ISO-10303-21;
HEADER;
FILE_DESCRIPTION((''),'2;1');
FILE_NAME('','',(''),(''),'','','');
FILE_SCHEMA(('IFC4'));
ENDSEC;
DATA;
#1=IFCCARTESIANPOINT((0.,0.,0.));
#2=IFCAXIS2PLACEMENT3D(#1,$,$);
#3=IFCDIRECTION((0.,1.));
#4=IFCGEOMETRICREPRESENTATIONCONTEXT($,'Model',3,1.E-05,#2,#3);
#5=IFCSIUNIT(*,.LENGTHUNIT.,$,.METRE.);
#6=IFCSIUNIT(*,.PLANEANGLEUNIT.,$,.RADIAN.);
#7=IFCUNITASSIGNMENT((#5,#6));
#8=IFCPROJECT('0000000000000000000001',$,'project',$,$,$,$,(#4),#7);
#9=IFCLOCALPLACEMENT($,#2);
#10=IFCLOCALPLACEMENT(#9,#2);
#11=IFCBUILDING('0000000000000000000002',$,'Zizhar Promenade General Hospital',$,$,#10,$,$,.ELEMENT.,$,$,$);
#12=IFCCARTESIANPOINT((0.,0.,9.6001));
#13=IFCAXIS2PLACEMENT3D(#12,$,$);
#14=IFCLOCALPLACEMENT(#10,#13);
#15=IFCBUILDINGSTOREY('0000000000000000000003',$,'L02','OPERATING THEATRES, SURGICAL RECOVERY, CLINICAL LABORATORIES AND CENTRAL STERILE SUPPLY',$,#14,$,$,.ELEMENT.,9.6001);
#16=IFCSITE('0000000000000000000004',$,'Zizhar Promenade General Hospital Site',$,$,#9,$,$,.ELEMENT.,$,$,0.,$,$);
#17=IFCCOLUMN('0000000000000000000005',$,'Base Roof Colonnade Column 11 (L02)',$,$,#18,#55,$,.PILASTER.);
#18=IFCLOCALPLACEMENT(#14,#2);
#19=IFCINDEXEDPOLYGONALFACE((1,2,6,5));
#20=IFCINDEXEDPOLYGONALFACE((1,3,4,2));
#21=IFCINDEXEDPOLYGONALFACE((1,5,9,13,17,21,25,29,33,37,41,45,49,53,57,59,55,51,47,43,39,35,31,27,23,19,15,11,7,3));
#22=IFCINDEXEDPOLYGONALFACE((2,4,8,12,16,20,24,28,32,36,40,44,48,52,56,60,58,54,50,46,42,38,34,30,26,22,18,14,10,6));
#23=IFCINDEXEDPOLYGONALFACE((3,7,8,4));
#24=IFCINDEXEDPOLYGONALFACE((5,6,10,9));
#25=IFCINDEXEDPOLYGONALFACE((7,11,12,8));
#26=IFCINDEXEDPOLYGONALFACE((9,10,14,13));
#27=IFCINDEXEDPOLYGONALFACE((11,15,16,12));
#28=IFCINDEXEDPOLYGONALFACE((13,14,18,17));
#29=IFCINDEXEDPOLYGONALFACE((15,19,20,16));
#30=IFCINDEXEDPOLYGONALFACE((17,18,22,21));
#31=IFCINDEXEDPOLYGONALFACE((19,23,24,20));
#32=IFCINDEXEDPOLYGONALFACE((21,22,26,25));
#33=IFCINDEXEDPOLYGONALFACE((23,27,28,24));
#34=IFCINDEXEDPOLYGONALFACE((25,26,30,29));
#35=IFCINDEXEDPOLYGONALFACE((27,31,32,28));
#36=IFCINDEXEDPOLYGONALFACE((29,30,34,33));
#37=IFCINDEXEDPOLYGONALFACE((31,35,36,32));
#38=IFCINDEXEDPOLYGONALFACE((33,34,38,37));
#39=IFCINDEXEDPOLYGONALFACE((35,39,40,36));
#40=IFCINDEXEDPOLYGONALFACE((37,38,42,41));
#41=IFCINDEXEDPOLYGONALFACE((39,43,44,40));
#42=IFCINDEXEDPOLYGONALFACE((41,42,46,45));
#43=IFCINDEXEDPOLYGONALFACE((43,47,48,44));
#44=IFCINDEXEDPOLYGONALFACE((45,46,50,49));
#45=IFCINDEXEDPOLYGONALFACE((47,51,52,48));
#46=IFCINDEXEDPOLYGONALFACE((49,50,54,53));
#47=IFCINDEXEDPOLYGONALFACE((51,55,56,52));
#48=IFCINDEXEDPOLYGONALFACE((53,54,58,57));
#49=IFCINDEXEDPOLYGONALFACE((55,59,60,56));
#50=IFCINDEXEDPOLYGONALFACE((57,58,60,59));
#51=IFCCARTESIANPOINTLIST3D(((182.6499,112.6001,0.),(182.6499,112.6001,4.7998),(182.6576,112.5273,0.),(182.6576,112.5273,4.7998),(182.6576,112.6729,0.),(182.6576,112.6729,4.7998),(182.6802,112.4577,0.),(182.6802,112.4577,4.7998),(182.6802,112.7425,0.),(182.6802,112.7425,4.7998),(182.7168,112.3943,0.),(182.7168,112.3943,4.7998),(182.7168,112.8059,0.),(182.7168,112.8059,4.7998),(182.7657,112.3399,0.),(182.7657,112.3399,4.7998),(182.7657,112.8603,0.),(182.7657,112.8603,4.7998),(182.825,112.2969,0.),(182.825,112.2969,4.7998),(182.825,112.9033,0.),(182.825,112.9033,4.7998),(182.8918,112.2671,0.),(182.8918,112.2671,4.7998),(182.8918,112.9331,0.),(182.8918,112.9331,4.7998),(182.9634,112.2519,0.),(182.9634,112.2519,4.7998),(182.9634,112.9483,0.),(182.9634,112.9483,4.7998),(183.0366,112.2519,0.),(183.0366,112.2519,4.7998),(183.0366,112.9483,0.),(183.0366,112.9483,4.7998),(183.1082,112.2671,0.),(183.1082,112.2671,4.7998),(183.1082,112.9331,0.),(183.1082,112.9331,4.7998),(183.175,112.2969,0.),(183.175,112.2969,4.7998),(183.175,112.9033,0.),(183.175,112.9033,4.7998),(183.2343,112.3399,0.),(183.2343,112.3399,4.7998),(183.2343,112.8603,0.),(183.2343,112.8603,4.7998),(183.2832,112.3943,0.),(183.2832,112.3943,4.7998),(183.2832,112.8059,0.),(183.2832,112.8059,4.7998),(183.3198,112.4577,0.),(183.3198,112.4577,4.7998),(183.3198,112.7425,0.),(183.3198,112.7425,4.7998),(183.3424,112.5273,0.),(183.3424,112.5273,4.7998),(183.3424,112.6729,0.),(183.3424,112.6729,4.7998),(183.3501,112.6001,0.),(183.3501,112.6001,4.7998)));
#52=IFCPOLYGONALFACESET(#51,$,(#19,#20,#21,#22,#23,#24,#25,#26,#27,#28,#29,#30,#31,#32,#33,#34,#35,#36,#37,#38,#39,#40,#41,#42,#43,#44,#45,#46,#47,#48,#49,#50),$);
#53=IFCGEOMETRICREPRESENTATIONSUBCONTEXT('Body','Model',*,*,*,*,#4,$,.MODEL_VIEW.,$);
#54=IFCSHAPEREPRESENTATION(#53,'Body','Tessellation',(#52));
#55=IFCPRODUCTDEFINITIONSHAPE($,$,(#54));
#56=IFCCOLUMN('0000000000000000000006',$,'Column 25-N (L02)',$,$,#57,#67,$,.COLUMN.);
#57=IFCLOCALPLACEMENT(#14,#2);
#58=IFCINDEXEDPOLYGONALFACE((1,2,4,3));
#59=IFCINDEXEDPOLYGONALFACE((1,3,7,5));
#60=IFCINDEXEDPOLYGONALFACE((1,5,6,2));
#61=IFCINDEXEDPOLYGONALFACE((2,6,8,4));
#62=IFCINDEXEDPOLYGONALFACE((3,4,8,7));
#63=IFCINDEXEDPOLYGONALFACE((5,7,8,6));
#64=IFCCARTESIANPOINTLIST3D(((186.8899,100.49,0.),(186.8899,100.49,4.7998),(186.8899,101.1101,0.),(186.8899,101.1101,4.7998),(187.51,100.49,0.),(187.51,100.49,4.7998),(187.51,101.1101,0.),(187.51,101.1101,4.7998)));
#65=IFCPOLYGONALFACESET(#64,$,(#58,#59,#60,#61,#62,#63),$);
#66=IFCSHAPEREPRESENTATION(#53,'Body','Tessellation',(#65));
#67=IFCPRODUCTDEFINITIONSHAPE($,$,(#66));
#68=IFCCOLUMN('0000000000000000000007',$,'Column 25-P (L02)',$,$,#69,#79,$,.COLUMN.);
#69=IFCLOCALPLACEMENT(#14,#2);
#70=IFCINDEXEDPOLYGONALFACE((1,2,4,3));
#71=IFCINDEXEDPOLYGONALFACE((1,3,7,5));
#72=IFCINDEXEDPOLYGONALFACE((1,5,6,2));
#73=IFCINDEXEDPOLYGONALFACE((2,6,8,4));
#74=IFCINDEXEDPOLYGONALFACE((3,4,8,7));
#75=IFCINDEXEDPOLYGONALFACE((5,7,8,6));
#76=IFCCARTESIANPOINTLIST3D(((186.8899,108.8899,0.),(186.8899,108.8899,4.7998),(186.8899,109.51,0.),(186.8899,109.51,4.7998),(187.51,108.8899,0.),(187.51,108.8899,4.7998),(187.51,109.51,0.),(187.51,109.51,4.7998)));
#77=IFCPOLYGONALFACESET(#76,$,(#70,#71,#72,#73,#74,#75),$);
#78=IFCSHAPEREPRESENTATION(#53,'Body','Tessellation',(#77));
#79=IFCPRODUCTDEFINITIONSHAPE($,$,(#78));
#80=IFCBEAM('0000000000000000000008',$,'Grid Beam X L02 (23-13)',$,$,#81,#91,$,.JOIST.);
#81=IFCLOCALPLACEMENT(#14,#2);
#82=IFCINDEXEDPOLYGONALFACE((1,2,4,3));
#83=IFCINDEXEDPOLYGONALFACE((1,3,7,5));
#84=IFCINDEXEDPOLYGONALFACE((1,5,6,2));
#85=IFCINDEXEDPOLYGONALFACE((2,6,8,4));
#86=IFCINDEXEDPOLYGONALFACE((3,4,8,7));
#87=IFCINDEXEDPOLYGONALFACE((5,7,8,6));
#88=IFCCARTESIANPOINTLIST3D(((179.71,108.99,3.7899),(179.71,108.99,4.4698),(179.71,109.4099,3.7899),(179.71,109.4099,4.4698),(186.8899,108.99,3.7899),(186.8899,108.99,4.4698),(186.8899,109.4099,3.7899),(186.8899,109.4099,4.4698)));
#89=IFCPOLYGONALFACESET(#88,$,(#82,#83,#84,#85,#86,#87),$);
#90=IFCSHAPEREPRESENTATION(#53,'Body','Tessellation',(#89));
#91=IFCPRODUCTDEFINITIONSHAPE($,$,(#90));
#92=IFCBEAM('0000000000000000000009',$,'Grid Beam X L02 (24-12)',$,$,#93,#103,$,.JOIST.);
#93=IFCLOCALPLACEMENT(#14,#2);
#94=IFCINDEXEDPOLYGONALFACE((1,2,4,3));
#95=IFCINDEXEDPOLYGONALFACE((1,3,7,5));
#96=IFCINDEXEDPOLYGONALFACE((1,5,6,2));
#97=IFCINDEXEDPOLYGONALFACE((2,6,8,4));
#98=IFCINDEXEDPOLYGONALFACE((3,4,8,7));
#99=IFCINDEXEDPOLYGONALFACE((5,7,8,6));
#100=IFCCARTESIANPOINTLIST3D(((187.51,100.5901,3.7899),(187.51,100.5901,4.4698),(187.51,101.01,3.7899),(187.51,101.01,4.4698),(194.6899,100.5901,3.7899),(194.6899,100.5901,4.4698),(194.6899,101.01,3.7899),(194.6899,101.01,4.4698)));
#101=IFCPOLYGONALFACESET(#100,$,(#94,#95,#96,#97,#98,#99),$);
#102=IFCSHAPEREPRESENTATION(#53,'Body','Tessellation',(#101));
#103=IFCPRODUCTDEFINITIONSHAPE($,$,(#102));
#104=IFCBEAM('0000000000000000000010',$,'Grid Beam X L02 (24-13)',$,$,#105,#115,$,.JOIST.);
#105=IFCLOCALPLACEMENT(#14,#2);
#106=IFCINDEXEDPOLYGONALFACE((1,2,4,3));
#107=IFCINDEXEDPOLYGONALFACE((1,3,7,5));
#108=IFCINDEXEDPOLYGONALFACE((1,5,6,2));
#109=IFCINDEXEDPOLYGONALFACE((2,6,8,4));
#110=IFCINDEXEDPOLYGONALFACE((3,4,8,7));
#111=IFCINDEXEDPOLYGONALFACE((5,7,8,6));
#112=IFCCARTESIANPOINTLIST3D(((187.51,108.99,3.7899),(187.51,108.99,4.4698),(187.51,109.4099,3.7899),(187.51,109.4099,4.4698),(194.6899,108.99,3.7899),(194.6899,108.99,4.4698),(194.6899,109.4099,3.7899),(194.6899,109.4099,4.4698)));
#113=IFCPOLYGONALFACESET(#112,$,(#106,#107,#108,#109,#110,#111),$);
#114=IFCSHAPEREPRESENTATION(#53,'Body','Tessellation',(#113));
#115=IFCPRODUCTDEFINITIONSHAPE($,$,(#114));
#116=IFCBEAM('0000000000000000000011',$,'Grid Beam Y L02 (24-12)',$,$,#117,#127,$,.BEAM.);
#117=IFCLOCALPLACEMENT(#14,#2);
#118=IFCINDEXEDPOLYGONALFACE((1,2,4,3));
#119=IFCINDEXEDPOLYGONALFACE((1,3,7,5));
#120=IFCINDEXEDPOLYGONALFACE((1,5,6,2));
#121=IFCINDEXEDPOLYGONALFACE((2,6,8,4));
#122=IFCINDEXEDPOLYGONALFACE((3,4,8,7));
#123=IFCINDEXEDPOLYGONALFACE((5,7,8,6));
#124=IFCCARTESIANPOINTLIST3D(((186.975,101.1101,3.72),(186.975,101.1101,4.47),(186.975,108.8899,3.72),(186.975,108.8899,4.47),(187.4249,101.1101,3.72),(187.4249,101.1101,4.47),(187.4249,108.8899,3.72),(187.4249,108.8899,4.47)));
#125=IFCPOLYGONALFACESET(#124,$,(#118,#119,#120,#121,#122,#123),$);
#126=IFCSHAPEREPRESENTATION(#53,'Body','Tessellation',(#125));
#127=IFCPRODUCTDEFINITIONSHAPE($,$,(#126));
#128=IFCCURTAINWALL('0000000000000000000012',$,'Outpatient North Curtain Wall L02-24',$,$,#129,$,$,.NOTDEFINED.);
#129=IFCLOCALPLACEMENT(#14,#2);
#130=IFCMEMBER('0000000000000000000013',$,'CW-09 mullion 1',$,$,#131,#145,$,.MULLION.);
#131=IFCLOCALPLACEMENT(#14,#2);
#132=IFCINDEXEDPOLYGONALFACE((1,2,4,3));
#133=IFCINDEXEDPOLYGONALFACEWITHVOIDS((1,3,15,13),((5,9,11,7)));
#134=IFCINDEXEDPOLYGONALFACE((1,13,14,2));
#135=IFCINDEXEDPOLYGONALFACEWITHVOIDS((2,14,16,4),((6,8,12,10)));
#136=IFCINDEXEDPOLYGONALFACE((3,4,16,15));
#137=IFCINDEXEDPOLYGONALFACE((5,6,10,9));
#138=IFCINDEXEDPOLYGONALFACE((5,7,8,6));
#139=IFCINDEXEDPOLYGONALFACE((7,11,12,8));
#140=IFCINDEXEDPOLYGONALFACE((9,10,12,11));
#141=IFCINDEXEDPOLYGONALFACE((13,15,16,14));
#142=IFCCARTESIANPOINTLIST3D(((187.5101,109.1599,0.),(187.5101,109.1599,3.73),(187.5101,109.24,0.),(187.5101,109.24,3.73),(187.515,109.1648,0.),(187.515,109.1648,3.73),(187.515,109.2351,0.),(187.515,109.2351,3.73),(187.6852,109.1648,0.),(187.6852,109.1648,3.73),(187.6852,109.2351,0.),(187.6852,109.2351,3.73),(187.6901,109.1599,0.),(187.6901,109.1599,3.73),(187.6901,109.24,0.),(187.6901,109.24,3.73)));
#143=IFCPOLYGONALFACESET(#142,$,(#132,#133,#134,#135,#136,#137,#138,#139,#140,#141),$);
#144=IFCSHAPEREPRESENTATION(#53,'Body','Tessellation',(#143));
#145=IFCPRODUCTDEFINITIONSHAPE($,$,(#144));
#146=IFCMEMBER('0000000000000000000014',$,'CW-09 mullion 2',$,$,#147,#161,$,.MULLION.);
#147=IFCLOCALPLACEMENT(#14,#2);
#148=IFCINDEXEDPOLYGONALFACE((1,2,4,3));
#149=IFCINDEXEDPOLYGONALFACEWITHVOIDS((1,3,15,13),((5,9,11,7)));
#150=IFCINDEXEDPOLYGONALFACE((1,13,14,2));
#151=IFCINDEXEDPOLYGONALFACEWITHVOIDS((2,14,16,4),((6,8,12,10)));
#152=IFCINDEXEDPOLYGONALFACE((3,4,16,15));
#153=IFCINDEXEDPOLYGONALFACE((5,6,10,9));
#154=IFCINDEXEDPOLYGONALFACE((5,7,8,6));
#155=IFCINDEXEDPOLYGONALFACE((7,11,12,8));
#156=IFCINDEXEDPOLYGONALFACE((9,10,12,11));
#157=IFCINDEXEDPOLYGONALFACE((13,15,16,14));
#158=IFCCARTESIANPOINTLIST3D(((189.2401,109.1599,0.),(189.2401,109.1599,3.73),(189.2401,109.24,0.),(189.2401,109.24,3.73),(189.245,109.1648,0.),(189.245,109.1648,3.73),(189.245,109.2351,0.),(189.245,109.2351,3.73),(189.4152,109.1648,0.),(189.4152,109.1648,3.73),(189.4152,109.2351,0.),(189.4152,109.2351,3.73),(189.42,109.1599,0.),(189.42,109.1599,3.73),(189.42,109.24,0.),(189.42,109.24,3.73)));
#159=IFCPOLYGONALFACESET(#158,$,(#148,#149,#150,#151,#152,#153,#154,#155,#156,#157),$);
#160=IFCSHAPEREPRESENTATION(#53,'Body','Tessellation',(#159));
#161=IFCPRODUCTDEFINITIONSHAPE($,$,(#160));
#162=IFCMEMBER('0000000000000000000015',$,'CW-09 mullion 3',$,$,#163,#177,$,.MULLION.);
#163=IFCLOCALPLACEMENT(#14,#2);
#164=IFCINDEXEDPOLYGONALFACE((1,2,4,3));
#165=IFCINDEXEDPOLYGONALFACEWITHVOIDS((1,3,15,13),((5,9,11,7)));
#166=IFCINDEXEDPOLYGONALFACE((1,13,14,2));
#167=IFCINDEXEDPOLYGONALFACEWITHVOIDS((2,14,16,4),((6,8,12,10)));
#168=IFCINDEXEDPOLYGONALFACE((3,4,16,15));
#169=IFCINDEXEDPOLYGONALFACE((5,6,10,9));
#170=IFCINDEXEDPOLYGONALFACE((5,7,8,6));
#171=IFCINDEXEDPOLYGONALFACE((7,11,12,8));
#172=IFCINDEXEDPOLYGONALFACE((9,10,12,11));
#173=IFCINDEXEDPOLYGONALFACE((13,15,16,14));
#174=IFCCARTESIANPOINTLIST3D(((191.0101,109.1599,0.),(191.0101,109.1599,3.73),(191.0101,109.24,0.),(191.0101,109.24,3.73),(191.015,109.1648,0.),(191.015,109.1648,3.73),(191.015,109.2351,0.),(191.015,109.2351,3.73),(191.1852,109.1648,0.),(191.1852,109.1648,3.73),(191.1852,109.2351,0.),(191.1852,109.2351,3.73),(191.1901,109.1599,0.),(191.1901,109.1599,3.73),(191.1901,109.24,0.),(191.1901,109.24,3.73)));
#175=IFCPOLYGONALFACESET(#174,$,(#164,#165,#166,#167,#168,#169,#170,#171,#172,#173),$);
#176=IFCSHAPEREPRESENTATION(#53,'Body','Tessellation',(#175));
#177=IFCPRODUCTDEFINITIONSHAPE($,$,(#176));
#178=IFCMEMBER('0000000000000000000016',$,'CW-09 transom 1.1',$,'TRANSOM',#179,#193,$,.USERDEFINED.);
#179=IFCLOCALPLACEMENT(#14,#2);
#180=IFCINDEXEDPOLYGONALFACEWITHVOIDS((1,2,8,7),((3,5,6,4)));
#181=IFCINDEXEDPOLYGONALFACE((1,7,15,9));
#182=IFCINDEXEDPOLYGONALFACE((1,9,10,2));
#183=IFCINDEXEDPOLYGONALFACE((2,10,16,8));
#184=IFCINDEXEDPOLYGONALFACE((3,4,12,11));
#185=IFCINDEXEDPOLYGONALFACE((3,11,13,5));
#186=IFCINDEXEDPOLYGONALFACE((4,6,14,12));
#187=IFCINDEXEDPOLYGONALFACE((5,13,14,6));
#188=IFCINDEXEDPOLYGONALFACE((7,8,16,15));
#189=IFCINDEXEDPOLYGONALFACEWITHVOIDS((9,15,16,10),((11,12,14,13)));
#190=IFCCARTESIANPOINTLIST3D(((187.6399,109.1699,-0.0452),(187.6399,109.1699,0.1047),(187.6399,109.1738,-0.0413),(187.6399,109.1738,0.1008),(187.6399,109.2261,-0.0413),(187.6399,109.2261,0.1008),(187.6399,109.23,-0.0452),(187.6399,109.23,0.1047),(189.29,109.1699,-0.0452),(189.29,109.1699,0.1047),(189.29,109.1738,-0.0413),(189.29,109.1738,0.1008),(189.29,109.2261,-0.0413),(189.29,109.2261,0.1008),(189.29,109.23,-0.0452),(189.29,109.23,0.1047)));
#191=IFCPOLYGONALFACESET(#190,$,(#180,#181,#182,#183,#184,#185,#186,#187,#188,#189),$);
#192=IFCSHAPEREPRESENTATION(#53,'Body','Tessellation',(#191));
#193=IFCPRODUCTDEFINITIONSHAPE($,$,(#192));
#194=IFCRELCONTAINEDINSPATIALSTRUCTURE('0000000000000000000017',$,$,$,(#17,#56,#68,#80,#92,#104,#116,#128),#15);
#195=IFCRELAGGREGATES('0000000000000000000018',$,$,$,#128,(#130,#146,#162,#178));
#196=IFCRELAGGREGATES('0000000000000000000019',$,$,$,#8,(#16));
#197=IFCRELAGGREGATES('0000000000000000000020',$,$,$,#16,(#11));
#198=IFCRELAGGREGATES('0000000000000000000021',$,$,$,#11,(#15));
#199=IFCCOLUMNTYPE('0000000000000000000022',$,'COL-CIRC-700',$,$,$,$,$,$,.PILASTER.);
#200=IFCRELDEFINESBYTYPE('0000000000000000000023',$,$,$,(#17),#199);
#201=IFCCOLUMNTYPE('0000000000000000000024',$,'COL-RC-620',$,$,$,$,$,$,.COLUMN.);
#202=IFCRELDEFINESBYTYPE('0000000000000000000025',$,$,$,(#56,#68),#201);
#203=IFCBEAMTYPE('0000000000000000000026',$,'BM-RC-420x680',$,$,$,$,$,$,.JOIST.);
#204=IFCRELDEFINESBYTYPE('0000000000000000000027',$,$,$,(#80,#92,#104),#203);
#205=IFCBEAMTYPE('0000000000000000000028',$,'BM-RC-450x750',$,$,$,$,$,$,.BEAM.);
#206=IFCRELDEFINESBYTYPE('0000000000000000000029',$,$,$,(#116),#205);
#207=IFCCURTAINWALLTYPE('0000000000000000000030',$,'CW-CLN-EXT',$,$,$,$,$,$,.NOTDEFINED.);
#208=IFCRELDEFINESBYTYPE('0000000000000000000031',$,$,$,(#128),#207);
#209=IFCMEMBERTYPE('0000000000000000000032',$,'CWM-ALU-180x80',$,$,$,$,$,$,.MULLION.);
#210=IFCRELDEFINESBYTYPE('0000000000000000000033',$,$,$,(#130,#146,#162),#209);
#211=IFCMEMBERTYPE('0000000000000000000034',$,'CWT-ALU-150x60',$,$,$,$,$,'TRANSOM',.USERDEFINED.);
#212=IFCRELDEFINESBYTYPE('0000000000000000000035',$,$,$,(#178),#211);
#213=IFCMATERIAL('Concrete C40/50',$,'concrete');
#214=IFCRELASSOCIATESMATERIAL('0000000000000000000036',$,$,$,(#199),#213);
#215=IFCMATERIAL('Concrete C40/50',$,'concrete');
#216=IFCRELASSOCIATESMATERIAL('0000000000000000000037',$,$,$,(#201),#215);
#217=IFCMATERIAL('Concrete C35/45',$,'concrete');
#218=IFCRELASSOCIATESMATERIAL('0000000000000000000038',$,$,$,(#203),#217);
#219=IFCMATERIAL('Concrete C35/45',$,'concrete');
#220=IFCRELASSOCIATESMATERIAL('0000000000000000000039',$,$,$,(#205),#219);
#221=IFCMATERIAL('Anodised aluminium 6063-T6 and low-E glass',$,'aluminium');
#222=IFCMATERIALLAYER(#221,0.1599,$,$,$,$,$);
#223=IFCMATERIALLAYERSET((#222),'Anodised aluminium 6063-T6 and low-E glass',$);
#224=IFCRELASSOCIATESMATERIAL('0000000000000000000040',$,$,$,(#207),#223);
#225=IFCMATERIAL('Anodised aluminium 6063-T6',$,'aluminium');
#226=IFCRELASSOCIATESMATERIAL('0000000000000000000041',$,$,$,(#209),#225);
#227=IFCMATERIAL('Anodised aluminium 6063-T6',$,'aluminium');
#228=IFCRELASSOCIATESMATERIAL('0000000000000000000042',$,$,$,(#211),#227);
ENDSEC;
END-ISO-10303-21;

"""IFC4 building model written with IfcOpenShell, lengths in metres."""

from ifc_helpers import new_model, si_unit, direction, frame, origin, origin_2d, place, context, subcontext, project, spatial, rectangle, hollow_rectangle, circle, extrude, material, layer, layer_set, material_profile, profile_set, type_object, element, aggregate, save


model = new_model("IFC4")

# Units and contexts
model_context = context("Model", 3, precision=1e-05, world=origin(), true_north=direction((0.0, 1.0)))
body_context = subcontext(model_context, "Body", "Model", "MODEL_VIEW")
ifc_project = project(units=[si_unit("LENGTHUNIT", "METRE"), si_unit("PLANEANGLEUNIT", "RADIAN")], contexts=[model_context])

# Site, building, storey
site_placement = place(None, origin())
site = spatial("IfcSite", under=ifc_project, at=site_placement, Name="Zizhar Promenade General Hospital Site", CompositionType="ELEMENT", RefElevation=0.0)
building_placement = place(site_placement, origin())
building = spatial("IfcBuilding", under=site, at=building_placement, Name="Zizhar Promenade General Hospital", CompositionType="ELEMENT")
storey_placement = place(building_placement, frame((0.0, 0.0, 9.6001)))
storey = spatial("IfcBuildingStorey", under=building, at=storey_placement, Name="L02", Description="OPERATING THEATRES, SURGICAL RECOVERY, CLINICAL LABORATORIES AND CENTRAL STERILE SUPPLY", CompositionType="ELEMENT", Elevation=9.6001)

# Columns
ifc_material_1 = material(Name="Concrete C40/50", Category="concrete")
ifc_material_profile_1 = material_profile(ifc_material_1, circle(Radius=0.3501, at=origin_2d()))
ifc_profile_set_1 = profile_set([ifc_material_profile_1], Name="Concrete C40/50")
column_type_1 = type_object("IfcColumnType", Name="COL-CIRC-700", PredefinedType="PILASTER", material=ifc_profile_set_1)
column_placement = place(storey_placement, frame((183.0, 112.6001, 0.0), z_axis=(0.0, 0.0, 1.0), x_axis=(1.0, 0.0, 0.0)))
element("IfcColumn", 1, at=column_placement, inside=storey, type_object=column_type_1, Name="Base Roof Colonnade Column 11 (L02)", PredefinedType="PILASTER", context=body_context, shape_type="SweptSolid", body=[
    extrude(circle(Radius=0.3501, at=origin_2d()), origin(), (0.0, 0.0, 1.0), 4.7998),
])
ifc_material_2 = material(Name="Concrete C40/50", Category="concrete")
ifc_material_profile_2 = material_profile(ifc_material_2, rectangle(XDim=0.6201, YDim=0.6201, at=origin_2d()))
ifc_profile_set_2 = profile_set([ifc_material_profile_2], Name="Concrete C40/50")
column_type_2 = type_object("IfcColumnType", Name="COL-RC-620", PredefinedType="COLUMN", material=ifc_profile_set_2)
for number, where, z_axis, x_axis, name in (
    (2, (187.2, 100.8, 0.0), (0.0, 0.0, 1.0), (1.0, 0.0, 0.0), "Column 25-N (L02)"),
    (3, (187.2, 109.2, 0.0), (0.0, 0.0, 1.0), (1.0, 0.0, 0.0), "Column 25-P (L02)"),
):
    element("IfcColumn", number, at=place(storey_placement, frame(where, z_axis=z_axis, x_axis=x_axis)), inside=storey, type_object=column_type_2, Name=name, PredefinedType="COLUMN", context=body_context, shape_type="SweptSolid", body=[
        extrude(rectangle(XDim=0.6201, YDim=0.6201, at=origin_2d()), origin(), (0.0, 0.0, 1.0), 4.7998),
    ])

# Beams
ifc_material_3 = material(Name="Concrete C35/45", Category="concrete")
ifc_material_profile_3 = material_profile(ifc_material_3, rectangle(XDim=0.4199, YDim=0.6799, at=origin_2d()))
ifc_profile_set_3 = profile_set([ifc_material_profile_3], Name="Concrete C35/45")
beam_type_1 = type_object("IfcBeamType", Name="BM-RC-420x680", PredefinedType="JOIST", material=ifc_profile_set_3)
for number, where, z_axis, x_axis, name in (
    (4, (179.71, 109.2, 4.1299), (1.0, 0.0, 0.0), (0.0, 1.0, 0.0), "Grid Beam X L02 (23-13)"),
    (5, (187.51, 100.8, 4.1299), (1.0, 0.0, 0.0), (0.0, 1.0, 0.0), "Grid Beam X L02 (24-12)"),
    (6, (187.51, 109.2, 4.1299), (1.0, 0.0, 0.0), (0.0, 1.0, 0.0), "Grid Beam X L02 (24-13)"),
):
    element("IfcBeam", number, at=place(storey_placement, frame(where, z_axis=z_axis, x_axis=x_axis)), inside=storey, type_object=beam_type_1, Name=name, PredefinedType="JOIST", context=body_context, shape_type="SweptSolid", body=[
        extrude(rectangle(XDim=0.4199, YDim=0.6799, at=origin_2d()), origin(), (0.0, 0.0, 1.0), 7.1799),
    ])
ifc_material_4 = material(Name="Concrete C35/45", Category="concrete")
ifc_material_profile_4 = material_profile(ifc_material_4, rectangle(XDim=0.45, YDim=0.75, at=origin_2d()))
ifc_profile_set_4 = profile_set([ifc_material_profile_4], Name="Concrete C35/45")
beam_type_2 = type_object("IfcBeamType", Name="BM-RC-450x750", PredefinedType="BEAM", material=ifc_profile_set_4)
beam_placement = place(storey_placement, frame((187.2, 101.1101, 4.095), z_axis=(0.0, 1.0, 0.0), x_axis=(-1.0, 0.0, 0.0)))
element("IfcBeam", 7, at=beam_placement, inside=storey, type_object=beam_type_2, Name="Grid Beam Y L02 (24-12)", PredefinedType="BEAM", context=body_context, shape_type="SweptSolid", body=[
    extrude(rectangle(XDim=0.45, YDim=0.75, at=origin_2d()), origin(), (0.0, 0.0, 1.0), 7.7798),
])

# Curtain wall, members
ifc_material_5 = material(Name="Anodised aluminium 6063-T6 and low-E glass", Category="aluminium")
ifc_layer_1 = layer(ifc_material_5, 0.1599)
ifc_layer_set_1 = layer_set([ifc_layer_1], Name="Anodised aluminium 6063-T6 and low-E glass")
curtain_wall_type = type_object("IfcCurtainWallType", Name="CW-CLN-EXT", PredefinedType="NOTDEFINED", material=ifc_layer_set_1)
curtain_wall_placement = place(storey_placement, origin())
curtain_wall = element("IfcCurtainWall", 8, at=curtain_wall_placement, inside=storey, type_object=curtain_wall_type, Name="Outpatient North Curtain Wall L02-24", PredefinedType="NOTDEFINED")
ifc_material_6 = material(Name="Anodised aluminium 6063-T6", Category="aluminium")
ifc_material_profile_5 = material_profile(ifc_material_6, hollow_rectangle(XDim=0.0801, YDim=0.1799, WallThickness=0.0049, at=origin_2d()))
ifc_profile_set_5 = profile_set([ifc_material_profile_5], Name="Anodised aluminium 6063-T6")
member_type_1 = type_object("IfcMemberType", Name="CWM-ALU-180x80", PredefinedType="MULLION", material=ifc_profile_set_5)
member_1_placement = place(storey_placement, frame((187.6001, 109.2, 0.0), z_axis=(0.0, 0.0, 1.0), x_axis=(0.0, 1.0, 0.0)))
member_1 = element("IfcMember", 9, at=member_1_placement, type_object=member_type_1, Name="CW-09 mullion 1", PredefinedType="MULLION", context=body_context, shape_type="SweptSolid", body=[
    extrude(hollow_rectangle(XDim=0.0801, YDim=0.1799, WallThickness=0.0049, at=origin_2d()), origin(), (0.0, 0.0, 1.0), 3.73),
])
member_2_placement = place(storey_placement, frame((189.3301, 109.2, 0.0), z_axis=(0.0, 0.0, 1.0), x_axis=(0.0, 1.0, 0.0)))
member_2 = element("IfcMember", 10, at=member_2_placement, type_object=member_type_1, Name="CW-09 mullion 2", PredefinedType="MULLION", context=body_context, shape_type="SweptSolid", body=[
    extrude(hollow_rectangle(XDim=0.0801, YDim=0.1799, WallThickness=0.0049, at=origin_2d()), origin(), (0.0, 0.0, 1.0), 3.73),
])
member_3_placement = place(storey_placement, frame((191.1001, 109.2, 0.0), z_axis=(0.0, 0.0, 1.0), x_axis=(0.0, 1.0, 0.0)))
member_3 = element("IfcMember", 11, at=member_3_placement, type_object=member_type_1, Name="CW-09 mullion 3", PredefinedType="MULLION", context=body_context, shape_type="SweptSolid", body=[
    extrude(hollow_rectangle(XDim=0.0801, YDim=0.1799, WallThickness=0.0049, at=origin_2d()), origin(), (0.0, 0.0, 1.0), 3.73),
])
ifc_material_7 = material(Name="Anodised aluminium 6063-T6", Category="aluminium")
ifc_material_profile_6 = material_profile(ifc_material_7, hollow_rectangle(XDim=0.0601, YDim=0.1499, WallThickness=0.0039, at=origin_2d()))
ifc_profile_set_6 = profile_set([ifc_material_profile_6], Name="Anodised aluminium 6063-T6")
member_type_2 = type_object("IfcMemberType", Name="CWT-ALU-150x60", ElementType="TRANSOM", PredefinedType="USERDEFINED", material=ifc_profile_set_6)
member_4_placement = place(storey_placement, frame((187.6399, 109.2, 0.0298), z_axis=(1.0, 0.0, 0.0), x_axis=(0.0, 1.0, 0.0)))
member_4 = element("IfcMember", 12, at=member_4_placement, type_object=member_type_2, Name="CW-09 transom 1.1", ObjectType="TRANSOM", PredefinedType="USERDEFINED", context=body_context, shape_type="SweptSolid", body=[
    extrude(hollow_rectangle(XDim=0.0601, YDim=0.1499, WallThickness=0.0039, at=origin_2d()), origin(), (0.0, 0.0, 1.0), 1.6501),
])
aggregate(curtain_wall, [member_1, member_2, member_3, member_4])

save(model, "model.ifc")
